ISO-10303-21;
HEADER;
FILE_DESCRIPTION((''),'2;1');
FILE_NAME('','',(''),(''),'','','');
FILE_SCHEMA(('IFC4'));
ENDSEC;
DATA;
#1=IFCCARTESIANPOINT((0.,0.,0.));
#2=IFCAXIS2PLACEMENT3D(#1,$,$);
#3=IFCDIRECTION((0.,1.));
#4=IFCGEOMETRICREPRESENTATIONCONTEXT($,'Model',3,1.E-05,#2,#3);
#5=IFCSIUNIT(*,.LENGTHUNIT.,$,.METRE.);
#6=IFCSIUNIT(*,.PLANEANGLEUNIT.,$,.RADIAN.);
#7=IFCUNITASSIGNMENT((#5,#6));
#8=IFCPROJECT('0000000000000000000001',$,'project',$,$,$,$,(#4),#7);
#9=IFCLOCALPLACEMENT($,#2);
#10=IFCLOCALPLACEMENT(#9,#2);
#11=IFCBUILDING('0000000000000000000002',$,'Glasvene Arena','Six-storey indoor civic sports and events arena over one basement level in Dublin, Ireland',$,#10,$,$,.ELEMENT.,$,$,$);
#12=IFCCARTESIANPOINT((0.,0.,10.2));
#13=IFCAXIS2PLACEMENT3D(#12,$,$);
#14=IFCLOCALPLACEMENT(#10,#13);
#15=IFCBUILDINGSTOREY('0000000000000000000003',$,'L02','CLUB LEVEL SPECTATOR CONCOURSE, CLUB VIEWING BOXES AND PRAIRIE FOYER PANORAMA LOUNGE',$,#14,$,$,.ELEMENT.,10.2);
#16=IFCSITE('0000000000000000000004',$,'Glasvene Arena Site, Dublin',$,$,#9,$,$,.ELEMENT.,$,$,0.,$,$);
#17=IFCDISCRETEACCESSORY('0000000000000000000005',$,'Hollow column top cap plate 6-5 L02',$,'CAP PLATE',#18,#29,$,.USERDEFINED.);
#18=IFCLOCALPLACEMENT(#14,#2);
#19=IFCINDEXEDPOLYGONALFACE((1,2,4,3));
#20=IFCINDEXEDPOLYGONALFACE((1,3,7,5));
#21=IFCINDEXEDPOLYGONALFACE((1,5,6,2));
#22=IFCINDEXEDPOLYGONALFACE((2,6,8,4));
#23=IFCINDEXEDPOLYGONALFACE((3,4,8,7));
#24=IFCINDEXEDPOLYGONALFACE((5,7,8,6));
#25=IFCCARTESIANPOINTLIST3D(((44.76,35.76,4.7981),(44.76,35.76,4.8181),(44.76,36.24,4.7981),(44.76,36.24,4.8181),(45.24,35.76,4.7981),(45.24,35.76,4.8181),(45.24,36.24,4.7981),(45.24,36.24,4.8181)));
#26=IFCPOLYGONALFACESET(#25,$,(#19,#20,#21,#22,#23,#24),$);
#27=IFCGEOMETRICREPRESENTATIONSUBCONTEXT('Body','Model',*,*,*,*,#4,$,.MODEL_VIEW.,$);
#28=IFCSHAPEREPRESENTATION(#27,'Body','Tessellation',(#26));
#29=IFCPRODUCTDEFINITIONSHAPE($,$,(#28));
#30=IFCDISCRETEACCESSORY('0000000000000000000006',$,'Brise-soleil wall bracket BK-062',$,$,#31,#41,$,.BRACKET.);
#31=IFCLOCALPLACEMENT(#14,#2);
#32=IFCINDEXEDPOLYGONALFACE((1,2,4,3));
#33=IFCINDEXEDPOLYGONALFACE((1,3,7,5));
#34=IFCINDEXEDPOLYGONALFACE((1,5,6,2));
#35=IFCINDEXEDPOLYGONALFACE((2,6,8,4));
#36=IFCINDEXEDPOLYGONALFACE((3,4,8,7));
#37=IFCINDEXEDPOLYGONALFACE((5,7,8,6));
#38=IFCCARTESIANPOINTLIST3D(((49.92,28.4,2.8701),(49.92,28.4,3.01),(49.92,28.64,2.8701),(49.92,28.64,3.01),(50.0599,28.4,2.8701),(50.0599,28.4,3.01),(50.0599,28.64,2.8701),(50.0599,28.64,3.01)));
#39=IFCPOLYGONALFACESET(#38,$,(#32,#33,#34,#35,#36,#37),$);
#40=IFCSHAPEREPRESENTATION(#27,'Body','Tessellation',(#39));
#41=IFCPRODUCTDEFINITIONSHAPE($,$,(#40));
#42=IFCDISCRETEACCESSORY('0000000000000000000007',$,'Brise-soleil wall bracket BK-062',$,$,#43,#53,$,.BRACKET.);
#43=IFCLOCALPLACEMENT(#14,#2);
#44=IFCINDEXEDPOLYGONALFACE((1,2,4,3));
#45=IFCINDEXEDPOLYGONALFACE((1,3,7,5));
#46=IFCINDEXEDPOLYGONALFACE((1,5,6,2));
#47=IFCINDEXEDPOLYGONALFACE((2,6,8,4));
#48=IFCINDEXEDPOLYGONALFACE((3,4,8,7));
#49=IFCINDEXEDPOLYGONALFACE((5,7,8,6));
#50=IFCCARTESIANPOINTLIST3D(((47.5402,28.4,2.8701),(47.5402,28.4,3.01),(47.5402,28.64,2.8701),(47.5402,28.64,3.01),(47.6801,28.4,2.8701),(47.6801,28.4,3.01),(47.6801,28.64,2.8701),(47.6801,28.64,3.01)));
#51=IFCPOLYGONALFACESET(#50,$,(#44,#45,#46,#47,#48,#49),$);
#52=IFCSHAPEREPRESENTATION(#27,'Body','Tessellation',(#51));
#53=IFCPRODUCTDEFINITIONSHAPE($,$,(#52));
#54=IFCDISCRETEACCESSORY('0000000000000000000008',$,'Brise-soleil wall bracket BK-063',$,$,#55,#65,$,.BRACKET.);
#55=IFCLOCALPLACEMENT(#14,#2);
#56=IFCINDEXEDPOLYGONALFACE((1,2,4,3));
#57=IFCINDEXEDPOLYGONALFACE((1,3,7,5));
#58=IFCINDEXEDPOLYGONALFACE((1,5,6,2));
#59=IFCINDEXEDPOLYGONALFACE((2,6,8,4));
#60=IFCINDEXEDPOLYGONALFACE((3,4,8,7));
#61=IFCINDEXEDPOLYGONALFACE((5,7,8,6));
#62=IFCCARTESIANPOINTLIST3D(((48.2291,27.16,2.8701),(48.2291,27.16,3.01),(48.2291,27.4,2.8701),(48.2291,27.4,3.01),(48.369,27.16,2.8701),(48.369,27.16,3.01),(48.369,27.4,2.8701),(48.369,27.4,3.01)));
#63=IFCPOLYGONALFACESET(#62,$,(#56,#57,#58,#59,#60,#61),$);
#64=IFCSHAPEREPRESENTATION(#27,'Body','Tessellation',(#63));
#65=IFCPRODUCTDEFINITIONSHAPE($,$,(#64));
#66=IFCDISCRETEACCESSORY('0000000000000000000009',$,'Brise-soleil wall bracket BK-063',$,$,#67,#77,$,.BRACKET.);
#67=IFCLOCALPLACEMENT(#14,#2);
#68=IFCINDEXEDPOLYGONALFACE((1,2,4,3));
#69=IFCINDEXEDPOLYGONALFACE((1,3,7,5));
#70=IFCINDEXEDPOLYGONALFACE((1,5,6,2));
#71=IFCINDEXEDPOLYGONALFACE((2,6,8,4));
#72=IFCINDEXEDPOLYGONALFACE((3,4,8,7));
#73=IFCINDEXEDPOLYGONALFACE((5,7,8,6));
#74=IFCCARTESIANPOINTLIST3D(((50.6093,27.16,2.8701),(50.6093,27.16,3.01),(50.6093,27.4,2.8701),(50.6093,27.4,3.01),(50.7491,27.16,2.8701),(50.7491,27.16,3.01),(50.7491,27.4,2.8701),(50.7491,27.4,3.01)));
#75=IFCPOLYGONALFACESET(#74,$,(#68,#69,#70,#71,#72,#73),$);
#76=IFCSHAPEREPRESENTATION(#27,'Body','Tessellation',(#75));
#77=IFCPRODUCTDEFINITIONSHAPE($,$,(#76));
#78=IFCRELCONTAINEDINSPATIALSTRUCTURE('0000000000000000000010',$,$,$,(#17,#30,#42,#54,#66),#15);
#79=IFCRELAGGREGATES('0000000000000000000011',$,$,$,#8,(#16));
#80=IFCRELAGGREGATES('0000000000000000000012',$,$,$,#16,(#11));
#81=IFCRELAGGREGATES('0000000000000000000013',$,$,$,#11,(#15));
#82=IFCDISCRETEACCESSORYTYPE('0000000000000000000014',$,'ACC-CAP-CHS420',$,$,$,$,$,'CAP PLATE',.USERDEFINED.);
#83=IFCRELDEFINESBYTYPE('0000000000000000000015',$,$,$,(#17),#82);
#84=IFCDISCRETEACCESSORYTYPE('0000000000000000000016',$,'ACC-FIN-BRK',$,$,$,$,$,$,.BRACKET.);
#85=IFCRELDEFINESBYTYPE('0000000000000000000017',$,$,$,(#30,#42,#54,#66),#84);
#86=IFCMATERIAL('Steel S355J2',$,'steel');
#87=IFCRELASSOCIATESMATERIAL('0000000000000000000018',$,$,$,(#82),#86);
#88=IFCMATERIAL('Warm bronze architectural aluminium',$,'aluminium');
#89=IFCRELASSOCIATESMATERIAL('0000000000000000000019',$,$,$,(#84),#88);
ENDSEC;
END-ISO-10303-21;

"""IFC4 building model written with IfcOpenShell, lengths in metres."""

from ifc_helpers import new_model, si_unit, direction, frame, origin, origin_2d, place, context, subcontext, project, spatial, rectangle, extrude, material, type_object, element, save


model = new_model("IFC4")

# Units and contexts
model_context = context("Model", 3, precision=1e-05, world=origin(), true_north=direction((0.0, 1.0)))
body_context = subcontext(model_context, "Body", "Model", "MODEL_VIEW")
ifc_project = project(units=[si_unit("LENGTHUNIT", "METRE"), si_unit("PLANEANGLEUNIT", "RADIAN")], contexts=[model_context])

# Site, building, storey
site_placement = place(None, origin())
site = spatial("IfcSite", under=ifc_project, at=site_placement, Name="Glasvene Arena Site, Dublin", CompositionType="ELEMENT", RefElevation=0.0)
building_placement = place(site_placement, origin())
building = spatial("IfcBuilding", under=site, at=building_placement, Name="Glasvene Arena", Description="Six-storey indoor civic sports and events arena over one basement level in Dublin, Ireland", CompositionType="ELEMENT")
storey_placement = place(building_placement, frame((0.0, 0.0, 10.2)))
storey = spatial("IfcBuildingStorey", under=building, at=storey_placement, Name="L02", Description="CLUB LEVEL SPECTATOR CONCOURSE, CLUB VIEWING BOXES AND PRAIRIE FOYER PANORAMA LOUNGE", CompositionType="ELEMENT", Elevation=10.2)

# Shared definitions
ifc_material_1 = material(Name="Steel S355J2", Category="steel")

# Shared definitions
ifc_material_2 = material(Name="Warm bronze architectural aluminium", Category="aluminium")

# Discrete accessories
discrete_accessory_type_1 = type_object("IfcDiscreteAccessoryType", Name="ACC-CAP-CHS420", ElementType="CAP PLATE", PredefinedType="USERDEFINED", material=ifc_material_1)
discrete_accessory_1_placement = place(storey_placement, frame((45.0, 36.0, 4.7981), z_axis=(0.0, 0.0, 1.0), x_axis=(1.0, 0.0, 0.0)))
element("IfcDiscreteAccessory", 1, at=discrete_accessory_1_placement, inside=storey, type_object=discrete_accessory_type_1, Name="Hollow column top cap plate 6-5 L02", ObjectType="CAP PLATE", PredefinedType="USERDEFINED", context=body_context, shape_type="SweptSolid", body=[
    extrude(rectangle(XDim=0.48, YDim=0.48, at=origin_2d()), origin(), (0.0, 0.0, 1.0), 0.02),
])
discrete_accessory_type_2 = type_object("IfcDiscreteAccessoryType", Name="ACC-FIN-BRK", PredefinedType="BRACKET", material=ifc_material_2)
for number, where, z_axis, x_axis, name in (
    (2, (49.99, 28.52, 2.8701), (0.0, 0.0, 1.0), (-1.0, 0.0, 0.0), "Brise-soleil wall bracket BK-062"),
    (3, (47.6101, 28.52, 2.8701), (0.0, 0.0, 1.0), (-1.0, 0.0, 0.0), "Brise-soleil wall bracket BK-062"),
    (4, (48.2991, 27.28, 2.8701), (0.0, 0.0, 1.0), (1.0, 0.0, 0.0), "Brise-soleil wall bracket BK-063"),
    (5, (50.6792, 27.28, 2.8701), (0.0, 0.0, 1.0), (1.0, 0.0, 0.0), "Brise-soleil wall bracket BK-063"),
):
    element("IfcDiscreteAccessory", number, at=place(storey_placement, frame(where, z_axis=z_axis, x_axis=x_axis)), inside=storey, type_object=discrete_accessory_type_2, Name=name, PredefinedType="BRACKET", context=body_context, shape_type="SweptSolid", body=[
        extrude(rectangle(XDim=0.1399, YDim=0.24, at=origin_2d()), origin(), (0.0, 0.0, 1.0), 0.1399),
    ])

save(model, "model.ifc")
